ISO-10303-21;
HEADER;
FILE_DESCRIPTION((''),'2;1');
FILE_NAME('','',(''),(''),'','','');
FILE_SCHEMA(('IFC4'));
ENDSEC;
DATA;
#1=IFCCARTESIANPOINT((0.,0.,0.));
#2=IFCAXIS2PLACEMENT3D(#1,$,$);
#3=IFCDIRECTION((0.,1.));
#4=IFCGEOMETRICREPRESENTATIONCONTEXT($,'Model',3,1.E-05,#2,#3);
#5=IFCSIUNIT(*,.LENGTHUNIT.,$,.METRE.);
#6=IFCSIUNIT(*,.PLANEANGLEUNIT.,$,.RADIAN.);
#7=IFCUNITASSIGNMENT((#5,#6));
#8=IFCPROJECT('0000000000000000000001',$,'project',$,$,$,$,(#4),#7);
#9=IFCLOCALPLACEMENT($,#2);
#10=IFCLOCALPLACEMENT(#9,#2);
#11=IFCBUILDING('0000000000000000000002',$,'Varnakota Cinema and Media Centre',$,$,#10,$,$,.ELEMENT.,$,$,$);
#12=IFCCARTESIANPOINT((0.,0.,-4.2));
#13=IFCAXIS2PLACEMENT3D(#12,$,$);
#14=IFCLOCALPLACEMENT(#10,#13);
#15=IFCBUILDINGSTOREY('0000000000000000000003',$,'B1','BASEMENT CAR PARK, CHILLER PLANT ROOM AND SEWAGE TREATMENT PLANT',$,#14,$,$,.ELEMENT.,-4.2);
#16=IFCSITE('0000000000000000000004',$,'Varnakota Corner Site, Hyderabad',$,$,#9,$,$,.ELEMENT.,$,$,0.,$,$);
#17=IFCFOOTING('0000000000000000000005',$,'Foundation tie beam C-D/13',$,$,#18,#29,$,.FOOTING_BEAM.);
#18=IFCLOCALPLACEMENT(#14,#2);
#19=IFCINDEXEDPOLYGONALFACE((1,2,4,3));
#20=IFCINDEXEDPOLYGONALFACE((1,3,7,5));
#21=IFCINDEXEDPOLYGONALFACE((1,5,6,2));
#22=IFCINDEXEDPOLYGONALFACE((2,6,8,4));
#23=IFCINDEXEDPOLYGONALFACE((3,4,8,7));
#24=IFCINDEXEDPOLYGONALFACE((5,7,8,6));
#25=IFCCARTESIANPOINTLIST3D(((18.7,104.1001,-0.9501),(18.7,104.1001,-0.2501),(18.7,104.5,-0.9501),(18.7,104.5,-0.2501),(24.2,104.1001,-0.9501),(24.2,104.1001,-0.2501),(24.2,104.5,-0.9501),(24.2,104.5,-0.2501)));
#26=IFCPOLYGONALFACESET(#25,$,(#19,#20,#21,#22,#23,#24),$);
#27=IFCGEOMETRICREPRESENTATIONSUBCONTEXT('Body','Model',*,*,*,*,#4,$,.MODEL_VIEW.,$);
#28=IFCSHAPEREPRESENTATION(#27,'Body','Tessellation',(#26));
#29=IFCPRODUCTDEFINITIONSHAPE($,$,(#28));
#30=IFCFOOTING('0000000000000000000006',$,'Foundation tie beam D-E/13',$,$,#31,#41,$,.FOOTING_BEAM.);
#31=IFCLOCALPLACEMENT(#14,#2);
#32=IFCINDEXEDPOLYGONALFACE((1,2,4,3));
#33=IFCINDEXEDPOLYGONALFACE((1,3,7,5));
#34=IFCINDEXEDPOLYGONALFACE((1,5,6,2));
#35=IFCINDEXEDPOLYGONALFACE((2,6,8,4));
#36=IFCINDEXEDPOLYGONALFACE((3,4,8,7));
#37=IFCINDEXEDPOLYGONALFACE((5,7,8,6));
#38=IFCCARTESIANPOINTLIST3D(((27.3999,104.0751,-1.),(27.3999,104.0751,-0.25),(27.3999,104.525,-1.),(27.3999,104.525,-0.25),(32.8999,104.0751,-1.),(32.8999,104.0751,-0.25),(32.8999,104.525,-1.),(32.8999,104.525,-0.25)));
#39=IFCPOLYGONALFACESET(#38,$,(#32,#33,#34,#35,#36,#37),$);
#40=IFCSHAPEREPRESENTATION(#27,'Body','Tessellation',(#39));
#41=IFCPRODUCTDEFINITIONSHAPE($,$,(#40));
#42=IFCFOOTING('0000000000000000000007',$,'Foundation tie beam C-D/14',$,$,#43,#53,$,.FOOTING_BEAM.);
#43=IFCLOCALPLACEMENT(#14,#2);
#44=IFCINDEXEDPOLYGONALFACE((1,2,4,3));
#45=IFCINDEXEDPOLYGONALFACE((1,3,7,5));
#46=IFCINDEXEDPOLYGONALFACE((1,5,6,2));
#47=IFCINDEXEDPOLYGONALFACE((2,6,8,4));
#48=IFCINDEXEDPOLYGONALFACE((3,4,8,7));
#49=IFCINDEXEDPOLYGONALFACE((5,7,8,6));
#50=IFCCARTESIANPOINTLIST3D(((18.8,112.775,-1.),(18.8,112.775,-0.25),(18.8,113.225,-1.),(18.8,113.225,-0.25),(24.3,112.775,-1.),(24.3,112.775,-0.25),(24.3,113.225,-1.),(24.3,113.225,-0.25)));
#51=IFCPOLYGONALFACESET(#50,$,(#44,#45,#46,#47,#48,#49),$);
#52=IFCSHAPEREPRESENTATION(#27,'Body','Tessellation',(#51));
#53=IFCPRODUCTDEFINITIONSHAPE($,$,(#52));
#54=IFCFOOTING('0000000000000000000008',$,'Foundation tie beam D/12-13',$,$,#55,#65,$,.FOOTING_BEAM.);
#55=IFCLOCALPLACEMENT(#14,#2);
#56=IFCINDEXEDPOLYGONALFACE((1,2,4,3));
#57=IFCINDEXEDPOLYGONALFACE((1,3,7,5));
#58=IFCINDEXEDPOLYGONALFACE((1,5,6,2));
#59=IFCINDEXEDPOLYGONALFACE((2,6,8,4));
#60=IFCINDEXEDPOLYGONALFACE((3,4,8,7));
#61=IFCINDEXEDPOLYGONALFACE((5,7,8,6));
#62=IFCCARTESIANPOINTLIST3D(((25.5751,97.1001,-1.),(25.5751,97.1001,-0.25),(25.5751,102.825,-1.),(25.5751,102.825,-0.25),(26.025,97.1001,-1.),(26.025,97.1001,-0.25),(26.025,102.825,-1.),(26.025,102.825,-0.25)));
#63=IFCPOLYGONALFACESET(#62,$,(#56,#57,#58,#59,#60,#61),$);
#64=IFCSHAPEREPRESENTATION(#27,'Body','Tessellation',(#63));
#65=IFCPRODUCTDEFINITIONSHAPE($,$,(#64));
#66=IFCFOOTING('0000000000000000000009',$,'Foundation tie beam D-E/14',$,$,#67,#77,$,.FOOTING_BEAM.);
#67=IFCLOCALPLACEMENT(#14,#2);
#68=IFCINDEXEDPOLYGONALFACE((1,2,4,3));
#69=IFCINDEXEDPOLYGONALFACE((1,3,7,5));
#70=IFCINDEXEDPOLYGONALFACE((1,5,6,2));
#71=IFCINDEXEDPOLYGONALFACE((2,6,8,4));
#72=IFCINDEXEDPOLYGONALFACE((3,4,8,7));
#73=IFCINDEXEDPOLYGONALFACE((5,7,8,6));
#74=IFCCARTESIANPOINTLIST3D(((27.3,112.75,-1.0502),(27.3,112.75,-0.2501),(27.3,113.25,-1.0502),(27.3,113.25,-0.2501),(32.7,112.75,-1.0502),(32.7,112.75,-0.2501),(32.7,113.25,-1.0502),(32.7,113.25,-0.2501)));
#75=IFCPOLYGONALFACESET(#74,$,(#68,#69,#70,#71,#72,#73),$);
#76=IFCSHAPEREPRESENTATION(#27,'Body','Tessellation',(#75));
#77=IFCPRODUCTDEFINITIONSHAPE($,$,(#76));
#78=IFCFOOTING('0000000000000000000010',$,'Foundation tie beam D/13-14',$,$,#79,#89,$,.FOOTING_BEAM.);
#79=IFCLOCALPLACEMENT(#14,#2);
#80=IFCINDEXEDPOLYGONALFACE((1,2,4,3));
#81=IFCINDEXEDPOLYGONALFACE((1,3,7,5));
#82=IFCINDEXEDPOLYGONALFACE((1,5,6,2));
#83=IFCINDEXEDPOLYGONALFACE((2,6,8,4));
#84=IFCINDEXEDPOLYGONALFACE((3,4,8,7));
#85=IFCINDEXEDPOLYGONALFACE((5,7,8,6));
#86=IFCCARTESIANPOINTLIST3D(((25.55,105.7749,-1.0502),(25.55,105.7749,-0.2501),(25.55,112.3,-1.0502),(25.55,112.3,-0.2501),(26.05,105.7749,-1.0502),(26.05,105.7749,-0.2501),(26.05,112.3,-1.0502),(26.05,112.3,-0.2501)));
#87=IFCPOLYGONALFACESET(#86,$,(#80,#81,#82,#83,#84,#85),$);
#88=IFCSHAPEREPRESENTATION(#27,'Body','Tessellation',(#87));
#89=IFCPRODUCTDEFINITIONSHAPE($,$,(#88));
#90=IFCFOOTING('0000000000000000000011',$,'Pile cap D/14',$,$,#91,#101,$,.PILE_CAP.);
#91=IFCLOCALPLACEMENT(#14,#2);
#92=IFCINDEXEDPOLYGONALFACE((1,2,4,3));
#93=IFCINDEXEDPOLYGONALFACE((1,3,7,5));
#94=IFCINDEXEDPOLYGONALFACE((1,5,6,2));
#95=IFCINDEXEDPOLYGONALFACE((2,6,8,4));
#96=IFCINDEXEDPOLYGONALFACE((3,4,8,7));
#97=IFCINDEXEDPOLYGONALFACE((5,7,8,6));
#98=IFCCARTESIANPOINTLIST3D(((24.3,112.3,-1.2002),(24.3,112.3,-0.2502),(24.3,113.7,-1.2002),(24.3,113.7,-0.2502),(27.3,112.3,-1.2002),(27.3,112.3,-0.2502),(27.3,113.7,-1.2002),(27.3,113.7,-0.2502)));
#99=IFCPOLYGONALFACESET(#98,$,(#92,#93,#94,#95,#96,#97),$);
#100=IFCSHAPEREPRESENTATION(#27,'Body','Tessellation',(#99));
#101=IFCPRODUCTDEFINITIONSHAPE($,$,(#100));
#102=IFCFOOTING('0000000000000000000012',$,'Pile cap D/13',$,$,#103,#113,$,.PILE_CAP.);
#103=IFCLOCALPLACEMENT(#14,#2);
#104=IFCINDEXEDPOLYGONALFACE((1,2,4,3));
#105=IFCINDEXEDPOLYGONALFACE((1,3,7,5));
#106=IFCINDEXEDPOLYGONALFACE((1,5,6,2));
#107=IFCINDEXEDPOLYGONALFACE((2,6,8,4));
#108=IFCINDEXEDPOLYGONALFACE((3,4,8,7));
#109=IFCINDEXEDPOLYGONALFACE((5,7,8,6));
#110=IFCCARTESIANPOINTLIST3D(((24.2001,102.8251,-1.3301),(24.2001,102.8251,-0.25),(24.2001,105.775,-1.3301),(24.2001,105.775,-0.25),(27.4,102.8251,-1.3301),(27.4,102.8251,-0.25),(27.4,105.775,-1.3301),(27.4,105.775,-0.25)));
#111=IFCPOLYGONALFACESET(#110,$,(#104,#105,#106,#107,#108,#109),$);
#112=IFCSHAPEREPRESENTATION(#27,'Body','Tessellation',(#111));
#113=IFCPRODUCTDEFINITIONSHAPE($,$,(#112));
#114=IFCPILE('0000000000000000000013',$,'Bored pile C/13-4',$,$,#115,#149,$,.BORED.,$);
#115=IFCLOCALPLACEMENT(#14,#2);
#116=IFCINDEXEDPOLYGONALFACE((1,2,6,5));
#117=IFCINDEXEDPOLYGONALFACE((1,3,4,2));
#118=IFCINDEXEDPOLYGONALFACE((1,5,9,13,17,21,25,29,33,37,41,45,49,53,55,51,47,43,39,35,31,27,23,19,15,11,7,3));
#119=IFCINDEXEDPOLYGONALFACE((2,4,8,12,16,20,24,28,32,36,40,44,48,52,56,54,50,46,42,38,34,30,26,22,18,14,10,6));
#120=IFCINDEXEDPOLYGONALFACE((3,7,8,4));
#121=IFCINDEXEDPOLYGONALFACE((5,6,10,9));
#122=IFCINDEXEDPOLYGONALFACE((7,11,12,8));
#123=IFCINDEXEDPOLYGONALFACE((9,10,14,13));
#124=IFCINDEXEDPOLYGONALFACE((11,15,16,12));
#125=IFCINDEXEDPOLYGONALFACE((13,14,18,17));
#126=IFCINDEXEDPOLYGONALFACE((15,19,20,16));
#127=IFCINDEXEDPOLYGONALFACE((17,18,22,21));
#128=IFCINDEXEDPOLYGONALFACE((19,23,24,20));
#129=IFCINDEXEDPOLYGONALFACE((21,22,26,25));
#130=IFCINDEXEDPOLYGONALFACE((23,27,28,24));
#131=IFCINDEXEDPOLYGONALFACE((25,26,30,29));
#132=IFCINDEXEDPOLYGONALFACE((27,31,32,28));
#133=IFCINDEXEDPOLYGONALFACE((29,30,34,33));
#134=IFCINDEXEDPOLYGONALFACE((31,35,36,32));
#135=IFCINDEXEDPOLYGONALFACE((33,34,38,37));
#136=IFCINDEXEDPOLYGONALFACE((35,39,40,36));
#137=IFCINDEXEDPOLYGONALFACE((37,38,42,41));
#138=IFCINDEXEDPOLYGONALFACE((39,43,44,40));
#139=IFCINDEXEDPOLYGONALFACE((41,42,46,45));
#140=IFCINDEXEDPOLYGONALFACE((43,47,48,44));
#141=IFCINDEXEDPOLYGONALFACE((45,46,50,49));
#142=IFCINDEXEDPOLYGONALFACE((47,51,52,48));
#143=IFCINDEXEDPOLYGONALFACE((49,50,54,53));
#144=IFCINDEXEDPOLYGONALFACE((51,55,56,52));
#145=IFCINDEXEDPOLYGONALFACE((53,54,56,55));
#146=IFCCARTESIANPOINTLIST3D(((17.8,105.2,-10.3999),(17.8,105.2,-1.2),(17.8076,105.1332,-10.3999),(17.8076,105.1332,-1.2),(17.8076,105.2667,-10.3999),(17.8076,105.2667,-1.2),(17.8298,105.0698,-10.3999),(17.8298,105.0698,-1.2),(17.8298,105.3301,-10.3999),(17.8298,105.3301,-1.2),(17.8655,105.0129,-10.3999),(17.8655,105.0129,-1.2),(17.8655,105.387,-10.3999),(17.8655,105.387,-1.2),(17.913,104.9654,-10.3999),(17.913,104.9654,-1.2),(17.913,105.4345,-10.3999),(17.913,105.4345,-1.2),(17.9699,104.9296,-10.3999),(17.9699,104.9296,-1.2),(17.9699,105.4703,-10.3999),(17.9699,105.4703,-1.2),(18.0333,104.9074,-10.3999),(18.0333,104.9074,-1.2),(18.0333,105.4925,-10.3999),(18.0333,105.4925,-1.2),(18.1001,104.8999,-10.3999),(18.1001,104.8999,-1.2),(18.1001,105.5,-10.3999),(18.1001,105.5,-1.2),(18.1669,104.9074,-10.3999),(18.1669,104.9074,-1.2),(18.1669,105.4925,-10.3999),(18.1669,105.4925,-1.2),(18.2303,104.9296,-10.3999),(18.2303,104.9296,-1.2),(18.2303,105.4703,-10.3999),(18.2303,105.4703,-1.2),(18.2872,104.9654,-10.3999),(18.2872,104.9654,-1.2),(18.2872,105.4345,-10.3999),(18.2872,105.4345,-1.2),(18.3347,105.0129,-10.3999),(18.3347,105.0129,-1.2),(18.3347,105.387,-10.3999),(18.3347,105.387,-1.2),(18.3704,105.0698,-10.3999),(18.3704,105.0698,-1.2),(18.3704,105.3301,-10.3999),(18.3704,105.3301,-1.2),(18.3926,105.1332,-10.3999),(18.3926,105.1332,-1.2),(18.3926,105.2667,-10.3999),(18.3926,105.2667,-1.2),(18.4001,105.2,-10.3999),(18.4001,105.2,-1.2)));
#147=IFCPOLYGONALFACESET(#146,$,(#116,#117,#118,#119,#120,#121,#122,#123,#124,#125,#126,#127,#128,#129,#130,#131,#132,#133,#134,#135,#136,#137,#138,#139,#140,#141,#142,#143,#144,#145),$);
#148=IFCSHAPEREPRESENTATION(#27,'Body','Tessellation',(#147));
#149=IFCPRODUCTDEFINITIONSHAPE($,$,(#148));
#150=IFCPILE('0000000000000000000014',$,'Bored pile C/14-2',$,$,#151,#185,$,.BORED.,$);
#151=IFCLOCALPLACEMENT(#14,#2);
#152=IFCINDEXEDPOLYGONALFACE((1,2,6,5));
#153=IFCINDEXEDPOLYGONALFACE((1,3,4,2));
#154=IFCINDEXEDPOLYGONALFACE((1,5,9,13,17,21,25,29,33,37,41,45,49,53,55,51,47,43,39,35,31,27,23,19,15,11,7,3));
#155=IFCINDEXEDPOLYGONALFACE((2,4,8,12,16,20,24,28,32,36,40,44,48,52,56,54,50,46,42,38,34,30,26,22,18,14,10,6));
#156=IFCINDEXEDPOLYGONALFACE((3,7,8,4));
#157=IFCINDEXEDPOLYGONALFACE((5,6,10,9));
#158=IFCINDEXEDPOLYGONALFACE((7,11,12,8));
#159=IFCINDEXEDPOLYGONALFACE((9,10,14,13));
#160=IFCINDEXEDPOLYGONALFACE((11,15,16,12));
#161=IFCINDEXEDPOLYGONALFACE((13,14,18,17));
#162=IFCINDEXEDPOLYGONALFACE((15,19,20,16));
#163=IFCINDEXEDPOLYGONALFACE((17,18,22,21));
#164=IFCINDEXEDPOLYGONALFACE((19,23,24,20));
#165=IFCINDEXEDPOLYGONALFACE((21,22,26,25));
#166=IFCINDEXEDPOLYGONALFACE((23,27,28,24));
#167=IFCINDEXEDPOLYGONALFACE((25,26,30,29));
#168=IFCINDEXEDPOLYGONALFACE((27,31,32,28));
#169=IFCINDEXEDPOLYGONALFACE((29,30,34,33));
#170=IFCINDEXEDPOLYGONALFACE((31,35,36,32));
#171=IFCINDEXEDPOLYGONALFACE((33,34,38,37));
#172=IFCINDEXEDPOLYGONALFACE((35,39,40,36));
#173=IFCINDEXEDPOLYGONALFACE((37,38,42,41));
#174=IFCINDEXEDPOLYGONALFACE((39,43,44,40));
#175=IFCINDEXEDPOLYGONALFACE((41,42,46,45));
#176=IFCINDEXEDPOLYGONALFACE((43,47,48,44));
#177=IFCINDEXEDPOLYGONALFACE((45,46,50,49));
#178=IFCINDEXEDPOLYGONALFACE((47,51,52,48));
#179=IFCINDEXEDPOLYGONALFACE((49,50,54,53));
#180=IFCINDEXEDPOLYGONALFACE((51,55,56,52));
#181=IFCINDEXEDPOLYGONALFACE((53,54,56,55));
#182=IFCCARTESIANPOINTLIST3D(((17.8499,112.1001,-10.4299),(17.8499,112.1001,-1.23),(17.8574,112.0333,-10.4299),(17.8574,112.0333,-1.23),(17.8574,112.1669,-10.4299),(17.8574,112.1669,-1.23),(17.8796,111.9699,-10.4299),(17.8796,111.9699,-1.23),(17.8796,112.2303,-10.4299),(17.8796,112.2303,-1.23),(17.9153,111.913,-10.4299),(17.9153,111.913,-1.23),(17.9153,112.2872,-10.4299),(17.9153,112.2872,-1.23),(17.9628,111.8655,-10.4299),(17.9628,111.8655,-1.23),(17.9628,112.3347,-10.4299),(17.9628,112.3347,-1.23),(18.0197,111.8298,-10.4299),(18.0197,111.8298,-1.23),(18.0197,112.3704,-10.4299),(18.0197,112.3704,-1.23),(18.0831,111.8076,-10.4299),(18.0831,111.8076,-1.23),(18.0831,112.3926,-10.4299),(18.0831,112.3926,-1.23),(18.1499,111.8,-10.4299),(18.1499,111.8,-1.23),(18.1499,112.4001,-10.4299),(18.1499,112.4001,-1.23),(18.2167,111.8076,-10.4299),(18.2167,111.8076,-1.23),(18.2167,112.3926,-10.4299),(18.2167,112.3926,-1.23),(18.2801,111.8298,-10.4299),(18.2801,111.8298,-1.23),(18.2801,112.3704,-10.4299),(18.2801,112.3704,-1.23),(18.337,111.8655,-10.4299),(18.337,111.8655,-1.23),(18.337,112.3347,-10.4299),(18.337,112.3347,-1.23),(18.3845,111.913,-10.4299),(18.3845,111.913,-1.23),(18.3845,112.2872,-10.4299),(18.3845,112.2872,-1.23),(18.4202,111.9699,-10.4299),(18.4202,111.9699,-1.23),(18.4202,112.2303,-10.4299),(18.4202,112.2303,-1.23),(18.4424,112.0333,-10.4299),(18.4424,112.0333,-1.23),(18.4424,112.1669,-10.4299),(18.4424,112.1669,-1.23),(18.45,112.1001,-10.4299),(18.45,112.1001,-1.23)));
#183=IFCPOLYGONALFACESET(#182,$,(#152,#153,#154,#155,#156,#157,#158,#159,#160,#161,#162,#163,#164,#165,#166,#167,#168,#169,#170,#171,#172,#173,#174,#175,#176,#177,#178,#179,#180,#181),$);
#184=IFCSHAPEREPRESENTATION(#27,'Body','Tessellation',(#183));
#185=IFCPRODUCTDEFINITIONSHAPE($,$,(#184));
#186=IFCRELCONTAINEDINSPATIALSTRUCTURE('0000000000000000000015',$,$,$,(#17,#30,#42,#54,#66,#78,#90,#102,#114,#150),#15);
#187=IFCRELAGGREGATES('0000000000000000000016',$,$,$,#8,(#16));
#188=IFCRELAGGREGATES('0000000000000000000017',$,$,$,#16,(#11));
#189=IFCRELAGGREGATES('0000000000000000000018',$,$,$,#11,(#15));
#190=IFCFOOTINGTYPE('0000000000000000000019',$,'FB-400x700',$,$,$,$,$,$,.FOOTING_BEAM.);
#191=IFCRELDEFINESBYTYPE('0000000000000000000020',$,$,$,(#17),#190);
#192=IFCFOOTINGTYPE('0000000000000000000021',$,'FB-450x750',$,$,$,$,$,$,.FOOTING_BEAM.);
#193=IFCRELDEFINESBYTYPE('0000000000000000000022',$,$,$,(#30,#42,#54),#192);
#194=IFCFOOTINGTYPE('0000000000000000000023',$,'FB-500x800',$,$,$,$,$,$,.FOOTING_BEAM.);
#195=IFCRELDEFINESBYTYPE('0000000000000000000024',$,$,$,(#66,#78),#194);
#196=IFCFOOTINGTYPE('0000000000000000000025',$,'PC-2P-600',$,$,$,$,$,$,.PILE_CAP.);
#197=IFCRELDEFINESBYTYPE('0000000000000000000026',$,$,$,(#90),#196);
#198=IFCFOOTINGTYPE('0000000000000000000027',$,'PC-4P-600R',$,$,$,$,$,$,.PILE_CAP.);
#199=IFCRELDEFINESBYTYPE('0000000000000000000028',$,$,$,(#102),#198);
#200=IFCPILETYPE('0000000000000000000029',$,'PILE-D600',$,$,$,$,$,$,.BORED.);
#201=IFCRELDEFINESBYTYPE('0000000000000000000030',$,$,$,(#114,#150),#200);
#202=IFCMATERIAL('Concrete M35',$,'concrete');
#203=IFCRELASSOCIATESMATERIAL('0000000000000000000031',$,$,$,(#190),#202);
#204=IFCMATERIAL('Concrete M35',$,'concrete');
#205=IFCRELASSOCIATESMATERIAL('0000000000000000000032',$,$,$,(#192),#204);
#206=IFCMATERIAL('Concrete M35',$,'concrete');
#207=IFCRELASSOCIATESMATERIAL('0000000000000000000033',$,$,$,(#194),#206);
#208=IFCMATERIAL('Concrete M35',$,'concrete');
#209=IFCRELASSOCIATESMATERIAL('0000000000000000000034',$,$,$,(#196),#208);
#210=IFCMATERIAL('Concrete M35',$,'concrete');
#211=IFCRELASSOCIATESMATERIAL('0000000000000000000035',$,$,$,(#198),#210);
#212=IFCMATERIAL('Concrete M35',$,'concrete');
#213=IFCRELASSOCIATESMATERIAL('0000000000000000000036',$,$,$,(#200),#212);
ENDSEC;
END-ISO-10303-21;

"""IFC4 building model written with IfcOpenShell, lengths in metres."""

from ifc_helpers import new_model, si_unit, direction, frame, origin, origin_2d, place, context, subcontext, project, spatial, rectangle, circle, extrude, material, material_profile, profile_set, type_object, element, save


model = new_model("IFC4")

# Units and contexts
model_context = context("Model", 3, precision=1e-05, world=origin(), true_north=direction((0.0, 1.0)))
body_context = subcontext(model_context, "Body", "Model", "MODEL_VIEW")
ifc_project = project(units=[si_unit("LENGTHUNIT", "METRE"), si_unit("PLANEANGLEUNIT", "RADIAN")], contexts=[model_context])

# Site, building, storey
site_placement = place(None, origin())
site = spatial("IfcSite", under=ifc_project, at=site_placement, Name="Varnakota Corner Site, Hyderabad", CompositionType="ELEMENT", RefElevation=0.0)
building_placement = place(site_placement, origin())
building = spatial("IfcBuilding", under=site, at=building_placement, Name="Varnakota Cinema and Media Centre", CompositionType="ELEMENT")
storey_placement = place(building_placement, frame((0.0, 0.0, -4.2)))
storey = spatial("IfcBuildingStorey", under=building, at=storey_placement, Name="B1", Description="BASEMENT CAR PARK, CHILLER PLANT ROOM AND SEWAGE TREATMENT PLANT", CompositionType="ELEMENT", Elevation=-4.2)

# Footings
ifc_material_1 = material(Name="Concrete M35", Category="concrete")
ifc_material_profile_1 = material_profile(ifc_material_1, rectangle(XDim=0.3999, YDim=0.7, at=origin_2d()), Name="FB 400x700")
ifc_profile_set_1 = profile_set([ifc_material_profile_1], Name="Concrete M35")
footing_type_1 = type_object("IfcFootingType", Name="FB-400x700", PredefinedType="FOOTING_BEAM", material=ifc_profile_set_1)
footing_1_placement = place(storey_placement, frame((18.7, 104.3, -0.6001), z_axis=(1.0, 0.0, 0.0), x_axis=(0.0, 1.0, 0.0)))
element("IfcFooting", 1, at=footing_1_placement, inside=storey, type_object=footing_type_1, Name="Foundation tie beam C-D/13", PredefinedType="FOOTING_BEAM", context=body_context, shape_type="SweptSolid", body=[
    extrude(rectangle(XDim=0.3999, YDim=0.7, at=origin_2d()), origin(), (0.0, 0.0, 1.0), 5.5),
])
ifc_material_2 = material(Name="Concrete M35", Category="concrete")
ifc_material_profile_2 = material_profile(ifc_material_2, rectangle(XDim=0.45, YDim=0.75, at=origin_2d()), Name="FB 450x750")
ifc_profile_set_2 = profile_set([ifc_material_profile_2], Name="Concrete M35")
footing_type_2 = type_object("IfcFootingType", Name="FB-450x750", PredefinedType="FOOTING_BEAM", material=ifc_profile_set_2)
for number, where, z_axis, x_axis, name in (
    (2, (27.3999, 104.3, -0.625), (1.0, 0.0, 0.0), (0.0, 1.0, 0.0), "Foundation tie beam D-E/13"),
    (3, (18.8, 113.0, -0.625), (1.0, 0.0, 0.0), (0.0, 1.0, 0.0), "Foundation tie beam C-D/14"),
):
    element("IfcFooting", number, at=place(storey_placement, frame(where, z_axis=z_axis, x_axis=x_axis)), inside=storey, type_object=footing_type_2, Name=name, PredefinedType="FOOTING_BEAM", context=body_context, shape_type="SweptSolid", body=[
        extrude(rectangle(XDim=0.45, YDim=0.75, at=origin_2d()), origin(), (0.0, 0.0, 1.0), 5.5),
    ])
footing_2_placement = place(storey_placement, frame((25.8, 97.1001, -0.625), z_axis=(0.0, 1.0, 0.0), x_axis=(-1.0, 0.0, 0.0)))
element("IfcFooting", 4, at=footing_2_placement, inside=storey, type_object=footing_type_2, Name="Foundation tie beam D/12-13", PredefinedType="FOOTING_BEAM", context=body_context, shape_type="SweptSolid", body=[
    extrude(rectangle(XDim=0.45, YDim=0.75, at=origin_2d()), origin(), (0.0, 0.0, 1.0), 5.7249),
])
ifc_material_3 = material(Name="Concrete M35", Category="concrete")
ifc_material_profile_3 = material_profile(ifc_material_3, rectangle(XDim=0.5, YDim=0.8, at=origin_2d()), Name="FB 500x800")
ifc_profile_set_3 = profile_set([ifc_material_profile_3], Name="Concrete M35")
footing_type_3 = type_object("IfcFootingType", Name="FB-500x800", PredefinedType="FOOTING_BEAM", material=ifc_profile_set_3)
footing_3_placement = place(storey_placement, frame((27.3, 113.0, -0.6501), z_axis=(1.0, 0.0, 0.0), x_axis=(0.0, 1.0, 0.0)))
element("IfcFooting", 5, at=footing_3_placement, inside=storey, type_object=footing_type_3, Name="Foundation tie beam D-E/14", PredefinedType="FOOTING_BEAM", context=body_context, shape_type="SweptSolid", body=[
    extrude(rectangle(XDim=0.5, YDim=0.8, at=origin_2d()), origin(), (0.0, 0.0, 1.0), 5.3999),
])
footing_4_placement = place(storey_placement, frame((25.8, 105.7749, -0.6501), z_axis=(0.0, 1.0, 0.0), x_axis=(-1.0, 0.0, 0.0)))
element("IfcFooting", 6, at=footing_4_placement, inside=storey, type_object=footing_type_3, Name="Foundation tie beam D/13-14", PredefinedType="FOOTING_BEAM", context=body_context, shape_type="SweptSolid", body=[
    extrude(rectangle(XDim=0.5, YDim=0.8, at=origin_2d()), origin(), (0.0, 0.0, 1.0), 6.5251),
])
ifc_material_4 = material(Name="Concrete M35", Category="concrete")
footing_type_4 = type_object("IfcFootingType", Name="PC-2P-600", PredefinedType="PILE_CAP", material=ifc_material_4)
footing_5_placement = place(storey_placement, frame((25.8, 113.0, -1.2002), z_axis=(0.0, 0.0, 1.0), x_axis=(1.0, 0.0, 0.0)))
element("IfcFooting", 7, at=footing_5_placement, inside=storey, type_object=footing_type_4, Name="Pile cap D/14", PredefinedType="PILE_CAP", context=body_context, shape_type="SweptSolid", body=[
    extrude(rectangle(XDim=3.0, YDim=1.3999, at=origin_2d()), origin(), (0.0, 0.0, 1.0), 0.95),
])
ifc_material_5 = material(Name="Concrete M35", Category="concrete")
footing_type_5 = type_object("IfcFootingType", Name="PC-4P-600R", PredefinedType="PILE_CAP", material=ifc_material_5)
footing_6_placement = place(storey_placement, frame((25.8, 104.3, -1.3301), z_axis=(0.0, 0.0, 1.0), x_axis=(1.0, 0.0, 0.0)))
element("IfcFooting", 8, at=footing_6_placement, inside=storey, type_object=footing_type_5, Name="Pile cap D/13", PredefinedType="PILE_CAP", context=body_context, shape_type="SweptSolid", body=[
    extrude(rectangle(XDim=3.2, YDim=2.95, at=origin_2d()), origin(), (0.0, 0.0, 1.0), 1.0801),
])

# Piles
ifc_material_6 = material(Name="Concrete M35", Category="concrete")
ifc_material_profile_4 = material_profile(ifc_material_6, circle(Radius=0.3, at=origin_2d()), Name="PILE D600")
ifc_profile_set_4 = profile_set([ifc_material_profile_4], Name="Concrete M35")
pile_type_1 = type_object("IfcPileType", Name="PILE-D600", PredefinedType="BORED", material=ifc_profile_set_4)
for number, where, z_axis, x_axis, name in (
    (9, (18.1001, 105.2, -1.2), (0.0, 0.0, -1.0), (1.0, 0.0, 0.0), "Bored pile C/13-4"),
    (10, (18.1499, 112.1001, -1.23), (0.0, 0.0, -1.0), (1.0, 0.0, 0.0), "Bored pile C/14-2"),
):
    element("IfcPile", number, at=place(storey_placement, frame(where, z_axis=z_axis, x_axis=x_axis)), inside=storey, type_object=pile_type_1, Name=name, PredefinedType="BORED", context=body_context, shape_type="SweptSolid", body=[
        extrude(circle(Radius=0.3, at=origin_2d()), origin(), (0.0, 0.0, 1.0), 9.2),
    ])

save(model, "model.ifc")
